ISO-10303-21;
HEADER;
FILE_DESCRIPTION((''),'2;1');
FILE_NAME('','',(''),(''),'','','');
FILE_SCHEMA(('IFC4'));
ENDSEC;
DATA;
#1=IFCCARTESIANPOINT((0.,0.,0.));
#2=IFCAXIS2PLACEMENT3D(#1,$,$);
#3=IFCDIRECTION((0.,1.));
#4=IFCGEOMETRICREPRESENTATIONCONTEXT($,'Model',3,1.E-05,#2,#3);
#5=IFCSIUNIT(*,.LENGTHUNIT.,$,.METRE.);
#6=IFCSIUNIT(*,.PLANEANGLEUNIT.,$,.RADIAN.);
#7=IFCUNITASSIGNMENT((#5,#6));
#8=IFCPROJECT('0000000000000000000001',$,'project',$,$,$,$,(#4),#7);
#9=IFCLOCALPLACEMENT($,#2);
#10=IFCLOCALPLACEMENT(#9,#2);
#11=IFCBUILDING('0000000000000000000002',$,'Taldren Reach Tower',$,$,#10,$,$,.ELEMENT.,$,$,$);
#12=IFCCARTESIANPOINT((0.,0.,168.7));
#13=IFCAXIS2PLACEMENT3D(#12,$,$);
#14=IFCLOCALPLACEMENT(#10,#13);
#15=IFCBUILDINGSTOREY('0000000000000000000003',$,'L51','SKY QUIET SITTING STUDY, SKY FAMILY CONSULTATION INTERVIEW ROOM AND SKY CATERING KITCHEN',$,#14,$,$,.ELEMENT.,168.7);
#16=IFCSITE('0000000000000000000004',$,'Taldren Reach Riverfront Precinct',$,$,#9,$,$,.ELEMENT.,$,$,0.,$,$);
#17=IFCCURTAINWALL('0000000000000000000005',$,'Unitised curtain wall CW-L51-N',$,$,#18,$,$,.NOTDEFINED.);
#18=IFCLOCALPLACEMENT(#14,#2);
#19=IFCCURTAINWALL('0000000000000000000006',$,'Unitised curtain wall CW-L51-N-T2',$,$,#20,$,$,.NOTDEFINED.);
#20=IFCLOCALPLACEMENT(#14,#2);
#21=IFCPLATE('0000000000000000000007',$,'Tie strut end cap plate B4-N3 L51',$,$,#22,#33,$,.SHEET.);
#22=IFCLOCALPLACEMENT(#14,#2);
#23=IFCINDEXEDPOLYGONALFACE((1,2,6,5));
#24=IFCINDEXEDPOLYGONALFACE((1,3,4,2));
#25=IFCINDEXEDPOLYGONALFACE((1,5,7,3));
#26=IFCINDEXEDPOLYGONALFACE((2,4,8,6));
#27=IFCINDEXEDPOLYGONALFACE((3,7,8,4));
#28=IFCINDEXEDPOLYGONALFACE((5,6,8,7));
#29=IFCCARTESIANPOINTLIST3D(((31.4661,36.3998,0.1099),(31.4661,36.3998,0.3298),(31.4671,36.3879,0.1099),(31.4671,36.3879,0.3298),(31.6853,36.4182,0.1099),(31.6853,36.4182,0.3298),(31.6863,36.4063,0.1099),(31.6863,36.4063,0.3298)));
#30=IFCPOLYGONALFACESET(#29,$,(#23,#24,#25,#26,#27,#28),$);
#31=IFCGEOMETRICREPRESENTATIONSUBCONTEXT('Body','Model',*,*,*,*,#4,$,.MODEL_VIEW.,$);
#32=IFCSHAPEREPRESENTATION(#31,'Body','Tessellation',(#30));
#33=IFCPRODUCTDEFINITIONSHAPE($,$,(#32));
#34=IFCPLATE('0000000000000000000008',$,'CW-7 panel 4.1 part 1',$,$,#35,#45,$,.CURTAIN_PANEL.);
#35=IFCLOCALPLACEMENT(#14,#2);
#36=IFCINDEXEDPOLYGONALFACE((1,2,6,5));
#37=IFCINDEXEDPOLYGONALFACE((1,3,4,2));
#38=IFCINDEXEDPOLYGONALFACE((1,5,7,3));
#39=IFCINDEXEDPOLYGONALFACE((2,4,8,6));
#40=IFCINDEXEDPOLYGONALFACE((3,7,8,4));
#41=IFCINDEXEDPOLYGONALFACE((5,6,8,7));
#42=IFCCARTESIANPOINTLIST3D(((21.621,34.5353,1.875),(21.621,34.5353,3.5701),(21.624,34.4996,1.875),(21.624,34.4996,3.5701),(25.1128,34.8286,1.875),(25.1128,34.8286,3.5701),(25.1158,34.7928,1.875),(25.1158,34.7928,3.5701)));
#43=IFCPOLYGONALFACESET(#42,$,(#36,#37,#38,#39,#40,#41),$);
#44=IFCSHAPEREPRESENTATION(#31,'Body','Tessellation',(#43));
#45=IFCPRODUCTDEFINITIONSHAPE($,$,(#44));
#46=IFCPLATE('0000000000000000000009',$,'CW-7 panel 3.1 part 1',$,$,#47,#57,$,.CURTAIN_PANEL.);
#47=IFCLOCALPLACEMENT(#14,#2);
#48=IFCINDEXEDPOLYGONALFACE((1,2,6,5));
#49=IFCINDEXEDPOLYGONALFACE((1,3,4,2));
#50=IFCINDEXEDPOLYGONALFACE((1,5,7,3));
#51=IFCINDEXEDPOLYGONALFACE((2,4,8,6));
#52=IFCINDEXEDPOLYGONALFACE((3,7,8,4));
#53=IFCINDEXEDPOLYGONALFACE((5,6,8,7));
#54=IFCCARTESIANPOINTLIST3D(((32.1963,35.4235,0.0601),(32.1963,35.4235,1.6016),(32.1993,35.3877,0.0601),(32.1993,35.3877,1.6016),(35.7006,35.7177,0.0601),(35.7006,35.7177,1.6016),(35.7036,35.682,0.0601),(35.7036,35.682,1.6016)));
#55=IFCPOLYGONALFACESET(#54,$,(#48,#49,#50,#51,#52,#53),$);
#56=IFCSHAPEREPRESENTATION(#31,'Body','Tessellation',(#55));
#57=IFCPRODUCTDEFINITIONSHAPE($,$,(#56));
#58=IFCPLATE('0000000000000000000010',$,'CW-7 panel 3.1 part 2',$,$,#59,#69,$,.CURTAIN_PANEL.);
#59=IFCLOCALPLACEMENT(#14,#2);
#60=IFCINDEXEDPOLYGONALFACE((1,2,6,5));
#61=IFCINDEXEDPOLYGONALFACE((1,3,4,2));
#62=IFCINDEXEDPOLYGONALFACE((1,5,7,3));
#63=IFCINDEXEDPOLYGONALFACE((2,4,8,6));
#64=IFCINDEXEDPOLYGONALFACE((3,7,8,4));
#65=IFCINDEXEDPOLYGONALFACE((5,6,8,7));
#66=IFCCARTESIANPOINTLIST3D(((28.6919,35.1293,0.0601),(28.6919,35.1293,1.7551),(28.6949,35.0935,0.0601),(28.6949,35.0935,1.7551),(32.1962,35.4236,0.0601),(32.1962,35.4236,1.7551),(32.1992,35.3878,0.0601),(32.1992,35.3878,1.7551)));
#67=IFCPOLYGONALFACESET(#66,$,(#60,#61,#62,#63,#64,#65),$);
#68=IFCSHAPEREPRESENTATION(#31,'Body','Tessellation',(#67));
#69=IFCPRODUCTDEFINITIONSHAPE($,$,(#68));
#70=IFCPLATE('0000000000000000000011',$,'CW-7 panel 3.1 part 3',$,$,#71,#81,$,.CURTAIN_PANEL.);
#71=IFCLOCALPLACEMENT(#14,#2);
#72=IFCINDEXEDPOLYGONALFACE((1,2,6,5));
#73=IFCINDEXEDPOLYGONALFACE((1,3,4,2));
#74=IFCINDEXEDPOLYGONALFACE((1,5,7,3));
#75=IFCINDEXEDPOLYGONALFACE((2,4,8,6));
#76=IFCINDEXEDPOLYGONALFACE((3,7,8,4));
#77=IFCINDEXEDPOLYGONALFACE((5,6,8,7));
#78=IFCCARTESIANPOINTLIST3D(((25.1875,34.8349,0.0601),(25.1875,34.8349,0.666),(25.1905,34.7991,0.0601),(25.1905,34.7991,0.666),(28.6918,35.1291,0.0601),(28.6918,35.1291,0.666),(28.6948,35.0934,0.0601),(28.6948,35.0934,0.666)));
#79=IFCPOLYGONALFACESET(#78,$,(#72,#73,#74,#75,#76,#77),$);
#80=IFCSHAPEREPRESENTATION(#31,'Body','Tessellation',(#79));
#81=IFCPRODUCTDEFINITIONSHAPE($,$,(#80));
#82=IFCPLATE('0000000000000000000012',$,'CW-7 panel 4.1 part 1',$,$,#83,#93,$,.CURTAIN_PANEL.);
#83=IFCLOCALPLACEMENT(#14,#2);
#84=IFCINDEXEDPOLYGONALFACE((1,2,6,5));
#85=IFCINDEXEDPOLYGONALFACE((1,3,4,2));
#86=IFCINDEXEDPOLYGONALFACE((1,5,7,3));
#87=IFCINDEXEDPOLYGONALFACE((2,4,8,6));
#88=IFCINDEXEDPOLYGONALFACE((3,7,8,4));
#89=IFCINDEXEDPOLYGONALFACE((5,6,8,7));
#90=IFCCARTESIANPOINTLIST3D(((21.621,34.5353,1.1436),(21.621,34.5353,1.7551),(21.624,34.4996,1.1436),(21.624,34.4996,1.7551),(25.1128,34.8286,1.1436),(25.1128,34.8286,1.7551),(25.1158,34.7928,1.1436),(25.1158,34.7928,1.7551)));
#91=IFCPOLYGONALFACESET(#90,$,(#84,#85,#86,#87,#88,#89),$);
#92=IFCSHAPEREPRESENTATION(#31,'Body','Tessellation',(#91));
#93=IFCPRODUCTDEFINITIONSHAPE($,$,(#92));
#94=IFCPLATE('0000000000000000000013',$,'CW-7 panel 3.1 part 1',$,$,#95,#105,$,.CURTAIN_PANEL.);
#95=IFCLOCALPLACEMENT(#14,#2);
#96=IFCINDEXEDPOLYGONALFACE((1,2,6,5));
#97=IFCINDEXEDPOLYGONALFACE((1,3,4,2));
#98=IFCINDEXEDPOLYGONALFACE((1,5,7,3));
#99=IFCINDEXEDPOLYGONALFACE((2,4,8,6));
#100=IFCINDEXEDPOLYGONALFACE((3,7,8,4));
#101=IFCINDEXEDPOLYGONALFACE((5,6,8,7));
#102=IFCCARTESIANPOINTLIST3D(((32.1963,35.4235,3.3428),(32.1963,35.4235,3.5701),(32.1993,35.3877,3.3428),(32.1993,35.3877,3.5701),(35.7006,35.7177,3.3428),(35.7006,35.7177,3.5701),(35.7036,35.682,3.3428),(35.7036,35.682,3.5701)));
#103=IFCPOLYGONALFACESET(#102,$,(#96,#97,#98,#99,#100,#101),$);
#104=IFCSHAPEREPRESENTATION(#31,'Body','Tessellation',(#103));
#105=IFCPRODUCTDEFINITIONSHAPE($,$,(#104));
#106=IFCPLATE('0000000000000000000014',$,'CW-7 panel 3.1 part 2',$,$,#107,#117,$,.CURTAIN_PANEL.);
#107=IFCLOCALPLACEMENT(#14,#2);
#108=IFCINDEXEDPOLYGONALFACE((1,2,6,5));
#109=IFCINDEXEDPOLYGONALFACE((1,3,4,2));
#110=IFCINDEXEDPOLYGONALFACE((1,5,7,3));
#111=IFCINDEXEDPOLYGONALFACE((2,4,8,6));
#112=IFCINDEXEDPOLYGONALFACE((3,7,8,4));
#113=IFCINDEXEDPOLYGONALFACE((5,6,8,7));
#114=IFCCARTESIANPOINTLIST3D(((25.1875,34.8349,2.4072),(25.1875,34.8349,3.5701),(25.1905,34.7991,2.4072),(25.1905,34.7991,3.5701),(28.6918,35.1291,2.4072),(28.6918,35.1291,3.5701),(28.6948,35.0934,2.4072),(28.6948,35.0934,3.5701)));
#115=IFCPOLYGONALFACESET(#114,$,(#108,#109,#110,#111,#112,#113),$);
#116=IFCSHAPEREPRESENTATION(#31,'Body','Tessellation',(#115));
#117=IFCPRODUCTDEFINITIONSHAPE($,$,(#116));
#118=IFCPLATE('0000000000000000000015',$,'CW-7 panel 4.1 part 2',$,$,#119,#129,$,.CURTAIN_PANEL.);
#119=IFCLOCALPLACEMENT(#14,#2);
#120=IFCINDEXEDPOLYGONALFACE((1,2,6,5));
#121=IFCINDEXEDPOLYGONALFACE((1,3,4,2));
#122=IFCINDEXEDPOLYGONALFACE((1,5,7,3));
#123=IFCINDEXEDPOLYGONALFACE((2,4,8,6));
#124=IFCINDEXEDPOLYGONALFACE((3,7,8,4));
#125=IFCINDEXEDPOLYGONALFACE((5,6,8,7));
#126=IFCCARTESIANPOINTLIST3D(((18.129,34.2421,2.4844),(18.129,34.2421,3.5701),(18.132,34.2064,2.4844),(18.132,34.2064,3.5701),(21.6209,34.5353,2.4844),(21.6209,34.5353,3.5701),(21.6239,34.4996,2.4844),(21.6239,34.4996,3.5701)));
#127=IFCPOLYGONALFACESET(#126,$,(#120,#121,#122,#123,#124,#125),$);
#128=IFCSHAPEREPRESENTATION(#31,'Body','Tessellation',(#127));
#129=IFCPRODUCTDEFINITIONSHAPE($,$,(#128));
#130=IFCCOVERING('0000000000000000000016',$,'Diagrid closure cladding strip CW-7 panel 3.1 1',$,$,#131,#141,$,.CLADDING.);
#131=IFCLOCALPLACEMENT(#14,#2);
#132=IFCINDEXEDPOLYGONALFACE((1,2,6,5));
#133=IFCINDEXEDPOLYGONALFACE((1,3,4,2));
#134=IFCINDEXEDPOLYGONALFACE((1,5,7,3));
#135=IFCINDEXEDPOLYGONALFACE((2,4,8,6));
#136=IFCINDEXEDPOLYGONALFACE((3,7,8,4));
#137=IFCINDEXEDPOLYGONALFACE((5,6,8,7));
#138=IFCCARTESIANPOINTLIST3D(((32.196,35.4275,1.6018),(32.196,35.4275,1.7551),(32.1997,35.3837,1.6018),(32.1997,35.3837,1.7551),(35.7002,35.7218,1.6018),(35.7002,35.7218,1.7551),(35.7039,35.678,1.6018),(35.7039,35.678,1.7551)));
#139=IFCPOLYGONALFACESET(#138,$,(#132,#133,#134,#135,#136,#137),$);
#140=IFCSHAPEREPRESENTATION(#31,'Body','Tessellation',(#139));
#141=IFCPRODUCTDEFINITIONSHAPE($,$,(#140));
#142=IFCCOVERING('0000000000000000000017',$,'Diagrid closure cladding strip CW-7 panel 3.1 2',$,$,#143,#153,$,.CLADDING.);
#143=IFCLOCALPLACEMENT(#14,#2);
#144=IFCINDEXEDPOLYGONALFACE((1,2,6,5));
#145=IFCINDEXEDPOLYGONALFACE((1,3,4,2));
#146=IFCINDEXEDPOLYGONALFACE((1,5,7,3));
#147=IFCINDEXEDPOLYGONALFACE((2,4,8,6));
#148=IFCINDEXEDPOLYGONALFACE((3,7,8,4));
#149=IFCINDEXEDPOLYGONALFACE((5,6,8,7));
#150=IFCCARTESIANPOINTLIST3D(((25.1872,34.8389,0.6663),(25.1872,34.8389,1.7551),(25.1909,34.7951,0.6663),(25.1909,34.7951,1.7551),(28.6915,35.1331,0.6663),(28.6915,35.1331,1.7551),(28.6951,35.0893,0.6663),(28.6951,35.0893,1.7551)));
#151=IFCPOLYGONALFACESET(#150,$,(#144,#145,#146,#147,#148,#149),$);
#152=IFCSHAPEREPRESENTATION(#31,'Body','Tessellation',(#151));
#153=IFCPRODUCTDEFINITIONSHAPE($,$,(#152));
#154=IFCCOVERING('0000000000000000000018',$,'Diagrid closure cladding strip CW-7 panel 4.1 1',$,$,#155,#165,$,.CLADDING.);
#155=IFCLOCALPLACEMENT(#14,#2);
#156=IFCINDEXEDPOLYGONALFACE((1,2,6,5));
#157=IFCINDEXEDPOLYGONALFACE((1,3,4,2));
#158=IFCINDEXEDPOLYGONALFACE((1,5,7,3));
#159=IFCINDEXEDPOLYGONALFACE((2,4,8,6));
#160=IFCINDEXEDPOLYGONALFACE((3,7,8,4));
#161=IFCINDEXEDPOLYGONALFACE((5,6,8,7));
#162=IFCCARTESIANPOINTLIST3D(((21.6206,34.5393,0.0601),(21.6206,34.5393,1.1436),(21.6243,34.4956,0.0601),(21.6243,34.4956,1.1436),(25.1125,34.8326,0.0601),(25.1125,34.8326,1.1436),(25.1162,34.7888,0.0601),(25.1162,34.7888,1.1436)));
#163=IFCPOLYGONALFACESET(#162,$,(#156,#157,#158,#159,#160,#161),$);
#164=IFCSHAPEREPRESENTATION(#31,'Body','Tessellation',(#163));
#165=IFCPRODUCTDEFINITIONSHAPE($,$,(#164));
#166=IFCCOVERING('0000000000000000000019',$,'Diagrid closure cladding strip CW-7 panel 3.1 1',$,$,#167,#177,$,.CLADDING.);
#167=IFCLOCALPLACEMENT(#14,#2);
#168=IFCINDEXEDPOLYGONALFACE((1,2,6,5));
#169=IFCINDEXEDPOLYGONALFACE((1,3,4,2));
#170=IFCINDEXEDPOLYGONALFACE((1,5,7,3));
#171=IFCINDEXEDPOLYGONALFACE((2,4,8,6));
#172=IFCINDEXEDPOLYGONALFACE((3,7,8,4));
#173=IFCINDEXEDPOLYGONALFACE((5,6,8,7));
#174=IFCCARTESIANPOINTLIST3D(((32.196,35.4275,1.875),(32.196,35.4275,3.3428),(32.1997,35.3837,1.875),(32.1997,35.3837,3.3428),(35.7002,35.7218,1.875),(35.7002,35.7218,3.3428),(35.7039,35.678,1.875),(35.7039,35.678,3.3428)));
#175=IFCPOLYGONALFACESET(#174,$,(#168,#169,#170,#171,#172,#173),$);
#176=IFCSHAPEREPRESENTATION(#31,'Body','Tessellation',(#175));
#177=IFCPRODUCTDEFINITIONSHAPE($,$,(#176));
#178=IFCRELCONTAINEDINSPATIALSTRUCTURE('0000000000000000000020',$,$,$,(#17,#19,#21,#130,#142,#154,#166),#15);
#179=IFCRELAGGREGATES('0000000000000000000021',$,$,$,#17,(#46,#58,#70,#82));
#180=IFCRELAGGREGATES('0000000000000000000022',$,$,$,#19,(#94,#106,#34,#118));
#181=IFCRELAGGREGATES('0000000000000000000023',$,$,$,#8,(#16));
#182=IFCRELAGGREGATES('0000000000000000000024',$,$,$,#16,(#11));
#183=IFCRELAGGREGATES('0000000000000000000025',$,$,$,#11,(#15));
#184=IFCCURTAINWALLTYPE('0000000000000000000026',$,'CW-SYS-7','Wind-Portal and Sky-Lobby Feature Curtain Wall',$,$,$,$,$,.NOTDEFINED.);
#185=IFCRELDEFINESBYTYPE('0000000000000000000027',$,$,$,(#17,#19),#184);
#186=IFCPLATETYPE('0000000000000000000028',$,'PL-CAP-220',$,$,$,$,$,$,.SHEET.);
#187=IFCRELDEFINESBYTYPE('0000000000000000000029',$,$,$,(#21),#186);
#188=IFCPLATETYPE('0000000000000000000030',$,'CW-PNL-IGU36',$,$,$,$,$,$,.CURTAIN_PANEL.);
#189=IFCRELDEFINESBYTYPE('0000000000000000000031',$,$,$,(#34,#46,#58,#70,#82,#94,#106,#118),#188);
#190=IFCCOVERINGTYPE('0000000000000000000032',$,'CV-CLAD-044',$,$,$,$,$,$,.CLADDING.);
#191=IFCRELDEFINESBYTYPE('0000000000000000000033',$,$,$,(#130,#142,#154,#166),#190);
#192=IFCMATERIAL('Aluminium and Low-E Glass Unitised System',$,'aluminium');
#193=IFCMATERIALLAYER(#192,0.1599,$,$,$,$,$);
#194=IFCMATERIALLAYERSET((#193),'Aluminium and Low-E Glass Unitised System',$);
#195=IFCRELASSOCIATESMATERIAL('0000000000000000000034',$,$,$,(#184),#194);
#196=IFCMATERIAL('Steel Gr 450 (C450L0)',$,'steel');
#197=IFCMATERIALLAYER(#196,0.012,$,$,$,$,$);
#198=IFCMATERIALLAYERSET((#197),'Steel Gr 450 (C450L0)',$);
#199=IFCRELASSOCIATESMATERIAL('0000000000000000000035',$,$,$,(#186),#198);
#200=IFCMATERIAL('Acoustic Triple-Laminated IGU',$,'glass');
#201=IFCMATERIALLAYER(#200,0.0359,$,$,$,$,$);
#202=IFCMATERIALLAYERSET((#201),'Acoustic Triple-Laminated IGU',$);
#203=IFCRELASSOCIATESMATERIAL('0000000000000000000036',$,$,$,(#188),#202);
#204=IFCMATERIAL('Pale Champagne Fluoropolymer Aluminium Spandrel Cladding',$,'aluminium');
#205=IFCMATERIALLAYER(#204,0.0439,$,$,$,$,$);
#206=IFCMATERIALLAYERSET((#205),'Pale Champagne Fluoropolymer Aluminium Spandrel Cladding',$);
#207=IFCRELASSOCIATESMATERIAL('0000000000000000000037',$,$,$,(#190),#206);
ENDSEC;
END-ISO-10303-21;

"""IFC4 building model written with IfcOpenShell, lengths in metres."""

from ifc_helpers import new_model, si_unit, direction, frame, origin, origin_2d, place, context, subcontext, project, spatial, rectangle, extrude, source, transform, mapped, material, layer, layer_set, type_object, element, aggregate, save


model = new_model("IFC4")

# Units and contexts
model_context = context("Model", 3, precision=1e-05, world=origin(), true_north=direction((0.0, 1.0)))
body_context = subcontext(model_context, "Body", "Model", "MODEL_VIEW")
ifc_project = project(units=[si_unit("LENGTHUNIT", "METRE"), si_unit("PLANEANGLEUNIT", "RADIAN")], contexts=[model_context])

# Site, building, storey
site_placement = place(None, origin())
site = spatial("IfcSite", under=ifc_project, at=site_placement, Name="Taldren Reach Riverfront Precinct", CompositionType="ELEMENT", RefElevation=0.0)
building_placement = place(site_placement, origin())
building = spatial("IfcBuilding", under=site, at=building_placement, Name="Taldren Reach Tower", CompositionType="ELEMENT")
storey_placement = place(building_placement, frame((0.0, 0.0, 168.7)))
storey = spatial("IfcBuildingStorey", under=building, at=storey_placement, Name="L51", Description="SKY QUIET SITTING STUDY, SKY FAMILY CONSULTATION INTERVIEW ROOM AND SKY CATERING KITCHEN", CompositionType="ELEMENT", Elevation=168.7)

# Shared definitions
ifc_material_1 = material(Name="Steel Gr 450 (C450L0)", Category="steel")

# Curtain walls
ifc_material_2 = material(Name="Aluminium and Low-E Glass Unitised System", Category="aluminium")
ifc_layer_1 = layer(ifc_material_2, 0.1599)
ifc_layer_set_1 = layer_set([ifc_layer_1], Name="Aluminium and Low-E Glass Unitised System")
curtain_wall_type = type_object("IfcCurtainWallType", Name="CW-SYS-7", Description="Wind-Portal and Sky-Lobby Feature Curtain Wall", PredefinedType="NOTDEFINED", material=ifc_layer_set_1)
curtain_wall_1_placement = place(storey_placement, origin())
curtain_wall_1 = element("IfcCurtainWall", 1, at=curtain_wall_1_placement, inside=storey, type_object=curtain_wall_type, Name="Unitised curtain wall CW-L51-N", PredefinedType="NOTDEFINED")
curtain_wall_2_placement = place(storey_placement, origin())
curtain_wall_2 = element("IfcCurtainWall", 2, at=curtain_wall_2_placement, inside=storey, type_object=curtain_wall_type, Name="Unitised curtain wall CW-L51-N-T2", PredefinedType="NOTDEFINED")

# Plate
ifc_layer_2 = layer(ifc_material_1, 0.012)
ifc_layer_set_2 = layer_set([ifc_layer_2], Name="Steel Gr 450 (C450L0)")
plate_type_1 = type_object("IfcPlateType", Name="PL-CAP-220", PredefinedType="SHEET", material=ifc_layer_set_2)
shared_shape_1 = source(origin(), body_context, "Body", "SweptSolid", [
    extrude(rectangle(XDim=0.22, YDim=0.012, at=origin_2d()), origin(), (0.0, 0.0, 1.0), 0.22),
])
plate_1_placement = place(storey_placement, frame((31.5762, 36.4031, 0.1099), z_axis=(0.0, 0.0, 1.0), x_axis=(0.996493, 0.083678, 0.0)))
element("IfcPlate", 3, at=plate_1_placement, inside=storey, type_object=plate_type_1, Name="Tie strut end cap plate B4-N3 L51", PredefinedType="SHEET", context=body_context, shape_type="MappedRepresentation", body=[
    mapped(shared_shape_1, transform((0.0, 0.0, 0.0), scale=1.0)),
])

# Plates
ifc_material_3 = material(Name="Acoustic Triple-Laminated IGU", Category="glass")
ifc_layer_3 = layer(ifc_material_3, 0.0359)
ifc_layer_set_3 = layer_set([ifc_layer_3], Name="Acoustic Triple-Laminated IGU")
plate_type_2 = type_object("IfcPlateType", Name="CW-PNL-IGU36", PredefinedType="CURTAIN_PANEL", material=ifc_layer_set_3)
shared_shape_2 = source(origin(), body_context, "Body", "SweptSolid", [
    extrude(rectangle(XDim=3.5042, YDim=0.0359, at=origin_2d()), origin(), (0.0, 0.0, 1.0), 1.6951),
])
plate_2_placement = place(storey_placement, frame((23.3684, 34.6641, 1.875), z_axis=(0.0, 0.0, 1.0), x_axis=(-0.996493, -0.083678, 0.0)))
plate_2 = element("IfcPlate", 4, at=plate_2_placement, type_object=plate_type_2, Name="CW-7 panel 4.1 part 1", PredefinedType="CURTAIN_PANEL", context=body_context, shape_type="MappedRepresentation", body=[
    mapped(shared_shape_2, transform((0.0, 0.0, 0.0), scale=1.0)),
])
shared_shape_3 = source(origin(), body_context, "Body", "SweptSolid", [
    extrude(rectangle(XDim=3.5166, YDim=0.0359, at=origin_2d()), origin(), (0.0, 0.0, 1.0), 1.5415),
])
plate_3_placement = place(storey_placement, frame((33.95, 35.5527, 0.0601), z_axis=(0.0, 0.0, 1.0), x_axis=(-0.996493, -0.083678, 0.0)))
plate_3 = element("IfcPlate", 5, at=plate_3_placement, type_object=plate_type_2, Name="CW-7 panel 3.1 part 1", PredefinedType="CURTAIN_PANEL", context=body_context, shape_type="MappedRepresentation", body=[
    mapped(shared_shape_3, transform((0.0, 0.0, 0.0), scale=1.0)),
])
shared_shape_4 = source(origin(), body_context, "Body", "SweptSolid", [
    extrude(rectangle(XDim=3.5166, YDim=0.0359, at=origin_2d()), origin(), (0.0, 0.0, 1.0), 1.6951),
])
plate_4_placement = place(storey_placement, frame((30.4456, 35.2585, 0.0601), z_axis=(0.0, 0.0, 1.0), x_axis=(-0.996493, -0.083678, 0.0)))
plate_4 = element("IfcPlate", 6, at=plate_4_placement, type_object=plate_type_2, Name="CW-7 panel 3.1 part 2", PredefinedType="CURTAIN_PANEL", context=body_context, shape_type="MappedRepresentation", body=[
    mapped(shared_shape_4, transform((0.0, 0.0, 0.0), scale=1.0)),
])
shared_shape_5 = source(origin(), body_context, "Body", "SweptSolid", [
    extrude(rectangle(XDim=3.5166, YDim=0.0359, at=origin_2d()), origin(), (0.0, 0.0, 1.0), 0.606),
])
plate_5_placement = place(storey_placement, frame((26.9412, 34.9641, 0.0601), z_axis=(0.0, 0.0, 1.0), x_axis=(-0.996493, -0.083678, 0.0)))
plate_5 = element("IfcPlate", 7, at=plate_5_placement, type_object=plate_type_2, Name="CW-7 panel 3.1 part 3", PredefinedType="CURTAIN_PANEL", context=body_context, shape_type="MappedRepresentation", body=[
    mapped(shared_shape_5, transform((0.0, 0.0, 0.0), scale=1.0)),
])
shared_shape_6 = source(origin(), body_context, "Body", "SweptSolid", [
    extrude(rectangle(XDim=3.5042, YDim=0.0359, at=origin_2d()), origin(), (0.0, 0.0, 1.0), 0.6116),
])
plate_6_placement = place(storey_placement, frame((23.3684, 34.6641, 1.1436), z_axis=(0.0, 0.0, 1.0), x_axis=(-0.996493, -0.083678, 0.0)))
plate_6 = element("IfcPlate", 8, at=plate_6_placement, type_object=plate_type_2, Name="CW-7 panel 4.1 part 1", PredefinedType="CURTAIN_PANEL", context=body_context, shape_type="MappedRepresentation", body=[
    mapped(shared_shape_6, transform((0.0, 0.0, 0.0), scale=1.0)),
])
aggregate(curtain_wall_1, [plate_3, plate_4, plate_5, plate_6])
shared_shape_7 = source(origin(), body_context, "Body", "SweptSolid", [
    extrude(rectangle(XDim=3.5166, YDim=0.0359, at=origin_2d()), origin(), (0.0, 0.0, 1.0), 0.2273),
])
plate_7_placement = place(storey_placement, frame((33.95, 35.5527, 3.3428), z_axis=(0.0, 0.0, 1.0), x_axis=(-0.996493, -0.083678, 0.0)))
plate_7 = element("IfcPlate", 9, at=plate_7_placement, type_object=plate_type_2, Name="CW-7 panel 3.1 part 1", PredefinedType="CURTAIN_PANEL", context=body_context, shape_type="MappedRepresentation", body=[
    mapped(shared_shape_7, transform((0.0, 0.0, 0.0), scale=1.0)),
])
shared_shape_8 = source(origin(), body_context, "Body", "SweptSolid", [
    extrude(rectangle(XDim=3.5166, YDim=0.0359, at=origin_2d()), origin(), (0.0, 0.0, 1.0), 1.1628),
])
plate_8_placement = place(storey_placement, frame((26.9412, 34.9641, 2.4072), z_axis=(0.0, 0.0, 1.0), x_axis=(-0.996493, -0.083678, 0.0)))
plate_8 = element("IfcPlate", 10, at=plate_8_placement, type_object=plate_type_2, Name="CW-7 panel 3.1 part 2", PredefinedType="CURTAIN_PANEL", context=body_context, shape_type="MappedRepresentation", body=[
    mapped(shared_shape_8, transform((0.0, 0.0, 0.0), scale=1.0)),
])
shared_shape_9 = source(origin(), body_context, "Body", "SweptSolid", [
    extrude(rectangle(XDim=3.5042, YDim=0.0359, at=origin_2d()), origin(), (0.0, 0.0, 1.0), 1.0857),
])
plate_9_placement = place(storey_placement, frame((19.8765, 34.3708, 2.4844), z_axis=(0.0, 0.0, 1.0), x_axis=(-0.996493, -0.083678, 0.0)))
plate_9 = element("IfcPlate", 11, at=plate_9_placement, type_object=plate_type_2, Name="CW-7 panel 4.1 part 2", PredefinedType="CURTAIN_PANEL", context=body_context, shape_type="MappedRepresentation", body=[
    mapped(shared_shape_9, transform((0.0, 0.0, 0.0), scale=1.0)),
])
aggregate(curtain_wall_2, [plate_7, plate_8, plate_2, plate_9])

# Coverings
ifc_material_4 = material(Name="Pale Champagne Fluoropolymer Aluminium Spandrel Cladding", Category="aluminium")
ifc_layer_4 = layer(ifc_material_4, 0.0439)
ifc_layer_set_4 = layer_set([ifc_layer_4], Name="Pale Champagne Fluoropolymer Aluminium Spandrel Cladding")
covering_type = type_object("IfcCoveringType", Name="CV-CLAD-044", PredefinedType="CLADDING", material=ifc_layer_set_4)
shared_shape_10 = source(origin(), body_context, "Body", "SweptSolid", [
    extrude(rectangle(XDim=3.5166, YDim=0.0439, at=origin_2d()), origin(), (0.0, 0.0, 1.0), 0.1533),
])
covering_1_placement = place(storey_placement, frame((33.95, 35.5527, 1.6018), z_axis=(0.0, 0.0, 1.0), x_axis=(-0.996493, -0.083678, 0.0)))
element("IfcCovering", 12, at=covering_1_placement, inside=storey, type_object=covering_type, Name="Diagrid closure cladding strip CW-7 panel 3.1 1", PredefinedType="CLADDING", context=body_context, shape_type="MappedRepresentation", body=[
    mapped(shared_shape_10, transform((0.0, 0.0, 0.0), scale=1.0)),
])
shared_shape_11 = source(origin(), body_context, "Body", "SweptSolid", [
    extrude(rectangle(XDim=3.5166, YDim=0.0439, at=origin_2d()), origin(), (0.0, 0.0, 1.0), 1.0889),
])
covering_2_placement = place(storey_placement, frame((26.9412, 34.9641, 0.6663), z_axis=(0.0, 0.0, 1.0), x_axis=(-0.996493, -0.083678, 0.0)))
element("IfcCovering", 13, at=covering_2_placement, inside=storey, type_object=covering_type, Name="Diagrid closure cladding strip CW-7 panel 3.1 2", PredefinedType="CLADDING", context=body_context, shape_type="MappedRepresentation", body=[
    mapped(shared_shape_11, transform((0.0, 0.0, 0.0), scale=1.0)),
])
shared_shape_12 = source(origin(), body_context, "Body", "SweptSolid", [
    extrude(rectangle(XDim=3.5042, YDim=0.0439, at=origin_2d()), origin(), (0.0, 0.0, 1.0), 1.0835),
])
covering_3_placement = place(storey_placement, frame((23.3684, 34.6641, 0.0601), z_axis=(0.0, 0.0, 1.0), x_axis=(-0.996493, -0.083678, 0.0)))
element("IfcCovering", 14, at=covering_3_placement, inside=storey, type_object=covering_type, Name="Diagrid closure cladding strip CW-7 panel 4.1 1", PredefinedType="CLADDING", context=body_context, shape_type="MappedRepresentation", body=[
    mapped(shared_shape_12, transform((0.0, 0.0, 0.0), scale=1.0)),
])
shared_shape_13 = source(origin(), body_context, "Body", "SweptSolid", [
    extrude(rectangle(XDim=3.5166, YDim=0.0439, at=origin_2d()), origin(), (0.0, 0.0, 1.0), 1.4678),
])
covering_4_placement = place(storey_placement, frame((33.95, 35.5527, 1.875), z_axis=(0.0, 0.0, 1.0), x_axis=(-0.996493, -0.083678, 0.0)))
element("IfcCovering", 15, at=covering_4_placement, inside=storey, type_object=covering_type, Name="Diagrid closure cladding strip CW-7 panel 3.1 1", PredefinedType="CLADDING", context=body_context, shape_type="MappedRepresentation", body=[
    mapped(shared_shape_13, transform((0.0, 0.0, 0.0), scale=1.0)),
])

save(model, "model.ifc")
